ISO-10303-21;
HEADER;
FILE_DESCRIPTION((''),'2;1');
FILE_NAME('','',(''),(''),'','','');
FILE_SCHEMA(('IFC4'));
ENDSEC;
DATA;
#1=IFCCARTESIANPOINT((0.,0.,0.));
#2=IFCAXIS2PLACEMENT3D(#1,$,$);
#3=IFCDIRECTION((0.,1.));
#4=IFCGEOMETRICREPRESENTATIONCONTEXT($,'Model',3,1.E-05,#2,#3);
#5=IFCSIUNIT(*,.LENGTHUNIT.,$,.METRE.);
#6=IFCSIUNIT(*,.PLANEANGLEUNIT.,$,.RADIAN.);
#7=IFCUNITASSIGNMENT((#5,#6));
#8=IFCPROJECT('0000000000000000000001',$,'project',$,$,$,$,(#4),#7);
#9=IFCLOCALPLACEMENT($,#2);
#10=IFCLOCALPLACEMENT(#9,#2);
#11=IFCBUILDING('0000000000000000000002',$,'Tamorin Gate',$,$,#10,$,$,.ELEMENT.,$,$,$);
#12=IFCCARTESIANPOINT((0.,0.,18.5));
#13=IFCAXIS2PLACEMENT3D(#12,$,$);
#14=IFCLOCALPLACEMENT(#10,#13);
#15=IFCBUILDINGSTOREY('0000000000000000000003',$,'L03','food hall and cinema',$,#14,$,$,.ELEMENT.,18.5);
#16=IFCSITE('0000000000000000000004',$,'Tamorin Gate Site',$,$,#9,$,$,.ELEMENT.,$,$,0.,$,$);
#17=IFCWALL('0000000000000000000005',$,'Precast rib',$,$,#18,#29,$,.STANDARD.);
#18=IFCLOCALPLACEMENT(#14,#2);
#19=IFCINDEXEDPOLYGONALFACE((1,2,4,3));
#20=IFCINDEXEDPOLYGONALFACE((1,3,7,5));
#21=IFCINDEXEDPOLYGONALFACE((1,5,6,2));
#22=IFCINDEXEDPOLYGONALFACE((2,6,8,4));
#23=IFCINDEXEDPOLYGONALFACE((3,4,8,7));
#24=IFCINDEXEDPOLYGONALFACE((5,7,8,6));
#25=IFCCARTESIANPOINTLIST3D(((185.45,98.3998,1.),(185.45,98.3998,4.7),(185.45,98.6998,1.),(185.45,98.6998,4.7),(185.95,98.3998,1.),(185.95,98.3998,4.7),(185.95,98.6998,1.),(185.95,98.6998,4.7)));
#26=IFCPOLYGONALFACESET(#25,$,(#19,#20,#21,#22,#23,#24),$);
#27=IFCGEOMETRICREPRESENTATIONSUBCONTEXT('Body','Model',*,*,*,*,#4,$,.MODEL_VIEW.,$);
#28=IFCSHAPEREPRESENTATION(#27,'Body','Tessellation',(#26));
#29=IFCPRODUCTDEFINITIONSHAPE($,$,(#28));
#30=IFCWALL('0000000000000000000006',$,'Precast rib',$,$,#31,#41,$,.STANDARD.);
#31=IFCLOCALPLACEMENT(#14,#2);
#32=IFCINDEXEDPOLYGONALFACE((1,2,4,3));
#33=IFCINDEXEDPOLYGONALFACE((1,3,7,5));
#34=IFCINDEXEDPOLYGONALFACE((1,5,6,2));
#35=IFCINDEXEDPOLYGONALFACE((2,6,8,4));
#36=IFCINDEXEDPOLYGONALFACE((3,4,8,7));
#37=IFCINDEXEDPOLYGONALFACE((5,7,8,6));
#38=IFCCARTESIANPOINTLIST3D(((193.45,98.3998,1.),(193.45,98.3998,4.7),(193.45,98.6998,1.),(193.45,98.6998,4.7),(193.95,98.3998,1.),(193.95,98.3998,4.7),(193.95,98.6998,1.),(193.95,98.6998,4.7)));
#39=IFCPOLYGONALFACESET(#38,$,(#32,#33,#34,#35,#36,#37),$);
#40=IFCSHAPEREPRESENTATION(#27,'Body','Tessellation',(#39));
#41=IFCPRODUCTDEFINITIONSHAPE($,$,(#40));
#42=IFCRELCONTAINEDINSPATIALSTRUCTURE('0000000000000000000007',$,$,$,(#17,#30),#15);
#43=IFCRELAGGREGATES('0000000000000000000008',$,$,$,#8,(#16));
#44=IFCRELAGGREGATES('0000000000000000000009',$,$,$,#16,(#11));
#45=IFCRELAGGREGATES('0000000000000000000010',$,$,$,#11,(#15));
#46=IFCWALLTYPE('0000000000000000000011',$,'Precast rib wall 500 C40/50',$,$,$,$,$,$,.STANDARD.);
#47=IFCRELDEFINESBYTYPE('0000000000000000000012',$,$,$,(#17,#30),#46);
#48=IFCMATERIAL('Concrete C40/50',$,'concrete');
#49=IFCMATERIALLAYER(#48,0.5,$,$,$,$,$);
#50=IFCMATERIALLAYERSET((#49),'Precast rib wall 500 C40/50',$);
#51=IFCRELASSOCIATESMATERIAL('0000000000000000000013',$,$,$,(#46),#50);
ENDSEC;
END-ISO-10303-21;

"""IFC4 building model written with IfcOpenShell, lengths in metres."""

from ifc_helpers import new_model, si_unit, direction, frame, frame_2d, origin, place, context, subcontext, project, spatial, rectangle, extrude, material, layer, layer_set, type_object, element, save


model = new_model("IFC4")

# Units and contexts
model_context = context("Model", 3, precision=1e-05, world=origin(), true_north=direction((0.0, 1.0)))
body_context = subcontext(model_context, "Body", "Model", "MODEL_VIEW")
ifc_project = project(units=[si_unit("LENGTHUNIT", "METRE"), si_unit("PLANEANGLEUNIT", "RADIAN")], contexts=[model_context])

# Site, building, storey
site_placement = place(None, origin())
site = spatial("IfcSite", under=ifc_project, at=site_placement, Name="Tamorin Gate Site", CompositionType="ELEMENT", RefElevation=0.0)
building_placement = place(site_placement, origin())
building = spatial("IfcBuilding", under=site, at=building_placement, Name="Tamorin Gate", CompositionType="ELEMENT")
storey_placement = place(building_placement, frame((0.0, 0.0, 18.5)))
storey = spatial("IfcBuildingStorey", under=building, at=storey_placement, Name="L03", Description="food hall and cinema", CompositionType="ELEMENT", Elevation=18.5)

# Walls
ifc_material_1 = material(Name="Concrete C40/50", Category="concrete")
ifc_layer = layer(ifc_material_1, 0.5)
ifc_layer_set = layer_set([ifc_layer], Name="Precast rib wall 500 C40/50")
wall_type = type_object("IfcWallType", Name="Precast rib wall 500 C40/50", PredefinedType="STANDARD", material=ifc_layer_set)
for number, where, z_axis, x_axis, name in (
    (1, (185.7, 98.3999, 1.0), (0.0, 0.0, 1.0), (0.0, 1.0, 0.0), "Precast rib"),
    (2, (193.7, 98.3999, 1.0), (0.0, 0.0, 1.0), (0.0, 1.0, 0.0), "Precast rib"),
):
    element("IfcWall", number, at=place(storey_placement, frame(where, z_axis=z_axis, x_axis=x_axis)), inside=storey, type_object=wall_type, Name=name, PredefinedType="STANDARD", context=body_context, shape_type="SweptSolid", body=[
        extrude(rectangle(XDim=0.3, YDim=0.5, at=frame_2d((0.1499, 0.0))), origin(), (0.0, 0.0, 1.0), 3.7),
    ])

save(model, "model.ifc")
